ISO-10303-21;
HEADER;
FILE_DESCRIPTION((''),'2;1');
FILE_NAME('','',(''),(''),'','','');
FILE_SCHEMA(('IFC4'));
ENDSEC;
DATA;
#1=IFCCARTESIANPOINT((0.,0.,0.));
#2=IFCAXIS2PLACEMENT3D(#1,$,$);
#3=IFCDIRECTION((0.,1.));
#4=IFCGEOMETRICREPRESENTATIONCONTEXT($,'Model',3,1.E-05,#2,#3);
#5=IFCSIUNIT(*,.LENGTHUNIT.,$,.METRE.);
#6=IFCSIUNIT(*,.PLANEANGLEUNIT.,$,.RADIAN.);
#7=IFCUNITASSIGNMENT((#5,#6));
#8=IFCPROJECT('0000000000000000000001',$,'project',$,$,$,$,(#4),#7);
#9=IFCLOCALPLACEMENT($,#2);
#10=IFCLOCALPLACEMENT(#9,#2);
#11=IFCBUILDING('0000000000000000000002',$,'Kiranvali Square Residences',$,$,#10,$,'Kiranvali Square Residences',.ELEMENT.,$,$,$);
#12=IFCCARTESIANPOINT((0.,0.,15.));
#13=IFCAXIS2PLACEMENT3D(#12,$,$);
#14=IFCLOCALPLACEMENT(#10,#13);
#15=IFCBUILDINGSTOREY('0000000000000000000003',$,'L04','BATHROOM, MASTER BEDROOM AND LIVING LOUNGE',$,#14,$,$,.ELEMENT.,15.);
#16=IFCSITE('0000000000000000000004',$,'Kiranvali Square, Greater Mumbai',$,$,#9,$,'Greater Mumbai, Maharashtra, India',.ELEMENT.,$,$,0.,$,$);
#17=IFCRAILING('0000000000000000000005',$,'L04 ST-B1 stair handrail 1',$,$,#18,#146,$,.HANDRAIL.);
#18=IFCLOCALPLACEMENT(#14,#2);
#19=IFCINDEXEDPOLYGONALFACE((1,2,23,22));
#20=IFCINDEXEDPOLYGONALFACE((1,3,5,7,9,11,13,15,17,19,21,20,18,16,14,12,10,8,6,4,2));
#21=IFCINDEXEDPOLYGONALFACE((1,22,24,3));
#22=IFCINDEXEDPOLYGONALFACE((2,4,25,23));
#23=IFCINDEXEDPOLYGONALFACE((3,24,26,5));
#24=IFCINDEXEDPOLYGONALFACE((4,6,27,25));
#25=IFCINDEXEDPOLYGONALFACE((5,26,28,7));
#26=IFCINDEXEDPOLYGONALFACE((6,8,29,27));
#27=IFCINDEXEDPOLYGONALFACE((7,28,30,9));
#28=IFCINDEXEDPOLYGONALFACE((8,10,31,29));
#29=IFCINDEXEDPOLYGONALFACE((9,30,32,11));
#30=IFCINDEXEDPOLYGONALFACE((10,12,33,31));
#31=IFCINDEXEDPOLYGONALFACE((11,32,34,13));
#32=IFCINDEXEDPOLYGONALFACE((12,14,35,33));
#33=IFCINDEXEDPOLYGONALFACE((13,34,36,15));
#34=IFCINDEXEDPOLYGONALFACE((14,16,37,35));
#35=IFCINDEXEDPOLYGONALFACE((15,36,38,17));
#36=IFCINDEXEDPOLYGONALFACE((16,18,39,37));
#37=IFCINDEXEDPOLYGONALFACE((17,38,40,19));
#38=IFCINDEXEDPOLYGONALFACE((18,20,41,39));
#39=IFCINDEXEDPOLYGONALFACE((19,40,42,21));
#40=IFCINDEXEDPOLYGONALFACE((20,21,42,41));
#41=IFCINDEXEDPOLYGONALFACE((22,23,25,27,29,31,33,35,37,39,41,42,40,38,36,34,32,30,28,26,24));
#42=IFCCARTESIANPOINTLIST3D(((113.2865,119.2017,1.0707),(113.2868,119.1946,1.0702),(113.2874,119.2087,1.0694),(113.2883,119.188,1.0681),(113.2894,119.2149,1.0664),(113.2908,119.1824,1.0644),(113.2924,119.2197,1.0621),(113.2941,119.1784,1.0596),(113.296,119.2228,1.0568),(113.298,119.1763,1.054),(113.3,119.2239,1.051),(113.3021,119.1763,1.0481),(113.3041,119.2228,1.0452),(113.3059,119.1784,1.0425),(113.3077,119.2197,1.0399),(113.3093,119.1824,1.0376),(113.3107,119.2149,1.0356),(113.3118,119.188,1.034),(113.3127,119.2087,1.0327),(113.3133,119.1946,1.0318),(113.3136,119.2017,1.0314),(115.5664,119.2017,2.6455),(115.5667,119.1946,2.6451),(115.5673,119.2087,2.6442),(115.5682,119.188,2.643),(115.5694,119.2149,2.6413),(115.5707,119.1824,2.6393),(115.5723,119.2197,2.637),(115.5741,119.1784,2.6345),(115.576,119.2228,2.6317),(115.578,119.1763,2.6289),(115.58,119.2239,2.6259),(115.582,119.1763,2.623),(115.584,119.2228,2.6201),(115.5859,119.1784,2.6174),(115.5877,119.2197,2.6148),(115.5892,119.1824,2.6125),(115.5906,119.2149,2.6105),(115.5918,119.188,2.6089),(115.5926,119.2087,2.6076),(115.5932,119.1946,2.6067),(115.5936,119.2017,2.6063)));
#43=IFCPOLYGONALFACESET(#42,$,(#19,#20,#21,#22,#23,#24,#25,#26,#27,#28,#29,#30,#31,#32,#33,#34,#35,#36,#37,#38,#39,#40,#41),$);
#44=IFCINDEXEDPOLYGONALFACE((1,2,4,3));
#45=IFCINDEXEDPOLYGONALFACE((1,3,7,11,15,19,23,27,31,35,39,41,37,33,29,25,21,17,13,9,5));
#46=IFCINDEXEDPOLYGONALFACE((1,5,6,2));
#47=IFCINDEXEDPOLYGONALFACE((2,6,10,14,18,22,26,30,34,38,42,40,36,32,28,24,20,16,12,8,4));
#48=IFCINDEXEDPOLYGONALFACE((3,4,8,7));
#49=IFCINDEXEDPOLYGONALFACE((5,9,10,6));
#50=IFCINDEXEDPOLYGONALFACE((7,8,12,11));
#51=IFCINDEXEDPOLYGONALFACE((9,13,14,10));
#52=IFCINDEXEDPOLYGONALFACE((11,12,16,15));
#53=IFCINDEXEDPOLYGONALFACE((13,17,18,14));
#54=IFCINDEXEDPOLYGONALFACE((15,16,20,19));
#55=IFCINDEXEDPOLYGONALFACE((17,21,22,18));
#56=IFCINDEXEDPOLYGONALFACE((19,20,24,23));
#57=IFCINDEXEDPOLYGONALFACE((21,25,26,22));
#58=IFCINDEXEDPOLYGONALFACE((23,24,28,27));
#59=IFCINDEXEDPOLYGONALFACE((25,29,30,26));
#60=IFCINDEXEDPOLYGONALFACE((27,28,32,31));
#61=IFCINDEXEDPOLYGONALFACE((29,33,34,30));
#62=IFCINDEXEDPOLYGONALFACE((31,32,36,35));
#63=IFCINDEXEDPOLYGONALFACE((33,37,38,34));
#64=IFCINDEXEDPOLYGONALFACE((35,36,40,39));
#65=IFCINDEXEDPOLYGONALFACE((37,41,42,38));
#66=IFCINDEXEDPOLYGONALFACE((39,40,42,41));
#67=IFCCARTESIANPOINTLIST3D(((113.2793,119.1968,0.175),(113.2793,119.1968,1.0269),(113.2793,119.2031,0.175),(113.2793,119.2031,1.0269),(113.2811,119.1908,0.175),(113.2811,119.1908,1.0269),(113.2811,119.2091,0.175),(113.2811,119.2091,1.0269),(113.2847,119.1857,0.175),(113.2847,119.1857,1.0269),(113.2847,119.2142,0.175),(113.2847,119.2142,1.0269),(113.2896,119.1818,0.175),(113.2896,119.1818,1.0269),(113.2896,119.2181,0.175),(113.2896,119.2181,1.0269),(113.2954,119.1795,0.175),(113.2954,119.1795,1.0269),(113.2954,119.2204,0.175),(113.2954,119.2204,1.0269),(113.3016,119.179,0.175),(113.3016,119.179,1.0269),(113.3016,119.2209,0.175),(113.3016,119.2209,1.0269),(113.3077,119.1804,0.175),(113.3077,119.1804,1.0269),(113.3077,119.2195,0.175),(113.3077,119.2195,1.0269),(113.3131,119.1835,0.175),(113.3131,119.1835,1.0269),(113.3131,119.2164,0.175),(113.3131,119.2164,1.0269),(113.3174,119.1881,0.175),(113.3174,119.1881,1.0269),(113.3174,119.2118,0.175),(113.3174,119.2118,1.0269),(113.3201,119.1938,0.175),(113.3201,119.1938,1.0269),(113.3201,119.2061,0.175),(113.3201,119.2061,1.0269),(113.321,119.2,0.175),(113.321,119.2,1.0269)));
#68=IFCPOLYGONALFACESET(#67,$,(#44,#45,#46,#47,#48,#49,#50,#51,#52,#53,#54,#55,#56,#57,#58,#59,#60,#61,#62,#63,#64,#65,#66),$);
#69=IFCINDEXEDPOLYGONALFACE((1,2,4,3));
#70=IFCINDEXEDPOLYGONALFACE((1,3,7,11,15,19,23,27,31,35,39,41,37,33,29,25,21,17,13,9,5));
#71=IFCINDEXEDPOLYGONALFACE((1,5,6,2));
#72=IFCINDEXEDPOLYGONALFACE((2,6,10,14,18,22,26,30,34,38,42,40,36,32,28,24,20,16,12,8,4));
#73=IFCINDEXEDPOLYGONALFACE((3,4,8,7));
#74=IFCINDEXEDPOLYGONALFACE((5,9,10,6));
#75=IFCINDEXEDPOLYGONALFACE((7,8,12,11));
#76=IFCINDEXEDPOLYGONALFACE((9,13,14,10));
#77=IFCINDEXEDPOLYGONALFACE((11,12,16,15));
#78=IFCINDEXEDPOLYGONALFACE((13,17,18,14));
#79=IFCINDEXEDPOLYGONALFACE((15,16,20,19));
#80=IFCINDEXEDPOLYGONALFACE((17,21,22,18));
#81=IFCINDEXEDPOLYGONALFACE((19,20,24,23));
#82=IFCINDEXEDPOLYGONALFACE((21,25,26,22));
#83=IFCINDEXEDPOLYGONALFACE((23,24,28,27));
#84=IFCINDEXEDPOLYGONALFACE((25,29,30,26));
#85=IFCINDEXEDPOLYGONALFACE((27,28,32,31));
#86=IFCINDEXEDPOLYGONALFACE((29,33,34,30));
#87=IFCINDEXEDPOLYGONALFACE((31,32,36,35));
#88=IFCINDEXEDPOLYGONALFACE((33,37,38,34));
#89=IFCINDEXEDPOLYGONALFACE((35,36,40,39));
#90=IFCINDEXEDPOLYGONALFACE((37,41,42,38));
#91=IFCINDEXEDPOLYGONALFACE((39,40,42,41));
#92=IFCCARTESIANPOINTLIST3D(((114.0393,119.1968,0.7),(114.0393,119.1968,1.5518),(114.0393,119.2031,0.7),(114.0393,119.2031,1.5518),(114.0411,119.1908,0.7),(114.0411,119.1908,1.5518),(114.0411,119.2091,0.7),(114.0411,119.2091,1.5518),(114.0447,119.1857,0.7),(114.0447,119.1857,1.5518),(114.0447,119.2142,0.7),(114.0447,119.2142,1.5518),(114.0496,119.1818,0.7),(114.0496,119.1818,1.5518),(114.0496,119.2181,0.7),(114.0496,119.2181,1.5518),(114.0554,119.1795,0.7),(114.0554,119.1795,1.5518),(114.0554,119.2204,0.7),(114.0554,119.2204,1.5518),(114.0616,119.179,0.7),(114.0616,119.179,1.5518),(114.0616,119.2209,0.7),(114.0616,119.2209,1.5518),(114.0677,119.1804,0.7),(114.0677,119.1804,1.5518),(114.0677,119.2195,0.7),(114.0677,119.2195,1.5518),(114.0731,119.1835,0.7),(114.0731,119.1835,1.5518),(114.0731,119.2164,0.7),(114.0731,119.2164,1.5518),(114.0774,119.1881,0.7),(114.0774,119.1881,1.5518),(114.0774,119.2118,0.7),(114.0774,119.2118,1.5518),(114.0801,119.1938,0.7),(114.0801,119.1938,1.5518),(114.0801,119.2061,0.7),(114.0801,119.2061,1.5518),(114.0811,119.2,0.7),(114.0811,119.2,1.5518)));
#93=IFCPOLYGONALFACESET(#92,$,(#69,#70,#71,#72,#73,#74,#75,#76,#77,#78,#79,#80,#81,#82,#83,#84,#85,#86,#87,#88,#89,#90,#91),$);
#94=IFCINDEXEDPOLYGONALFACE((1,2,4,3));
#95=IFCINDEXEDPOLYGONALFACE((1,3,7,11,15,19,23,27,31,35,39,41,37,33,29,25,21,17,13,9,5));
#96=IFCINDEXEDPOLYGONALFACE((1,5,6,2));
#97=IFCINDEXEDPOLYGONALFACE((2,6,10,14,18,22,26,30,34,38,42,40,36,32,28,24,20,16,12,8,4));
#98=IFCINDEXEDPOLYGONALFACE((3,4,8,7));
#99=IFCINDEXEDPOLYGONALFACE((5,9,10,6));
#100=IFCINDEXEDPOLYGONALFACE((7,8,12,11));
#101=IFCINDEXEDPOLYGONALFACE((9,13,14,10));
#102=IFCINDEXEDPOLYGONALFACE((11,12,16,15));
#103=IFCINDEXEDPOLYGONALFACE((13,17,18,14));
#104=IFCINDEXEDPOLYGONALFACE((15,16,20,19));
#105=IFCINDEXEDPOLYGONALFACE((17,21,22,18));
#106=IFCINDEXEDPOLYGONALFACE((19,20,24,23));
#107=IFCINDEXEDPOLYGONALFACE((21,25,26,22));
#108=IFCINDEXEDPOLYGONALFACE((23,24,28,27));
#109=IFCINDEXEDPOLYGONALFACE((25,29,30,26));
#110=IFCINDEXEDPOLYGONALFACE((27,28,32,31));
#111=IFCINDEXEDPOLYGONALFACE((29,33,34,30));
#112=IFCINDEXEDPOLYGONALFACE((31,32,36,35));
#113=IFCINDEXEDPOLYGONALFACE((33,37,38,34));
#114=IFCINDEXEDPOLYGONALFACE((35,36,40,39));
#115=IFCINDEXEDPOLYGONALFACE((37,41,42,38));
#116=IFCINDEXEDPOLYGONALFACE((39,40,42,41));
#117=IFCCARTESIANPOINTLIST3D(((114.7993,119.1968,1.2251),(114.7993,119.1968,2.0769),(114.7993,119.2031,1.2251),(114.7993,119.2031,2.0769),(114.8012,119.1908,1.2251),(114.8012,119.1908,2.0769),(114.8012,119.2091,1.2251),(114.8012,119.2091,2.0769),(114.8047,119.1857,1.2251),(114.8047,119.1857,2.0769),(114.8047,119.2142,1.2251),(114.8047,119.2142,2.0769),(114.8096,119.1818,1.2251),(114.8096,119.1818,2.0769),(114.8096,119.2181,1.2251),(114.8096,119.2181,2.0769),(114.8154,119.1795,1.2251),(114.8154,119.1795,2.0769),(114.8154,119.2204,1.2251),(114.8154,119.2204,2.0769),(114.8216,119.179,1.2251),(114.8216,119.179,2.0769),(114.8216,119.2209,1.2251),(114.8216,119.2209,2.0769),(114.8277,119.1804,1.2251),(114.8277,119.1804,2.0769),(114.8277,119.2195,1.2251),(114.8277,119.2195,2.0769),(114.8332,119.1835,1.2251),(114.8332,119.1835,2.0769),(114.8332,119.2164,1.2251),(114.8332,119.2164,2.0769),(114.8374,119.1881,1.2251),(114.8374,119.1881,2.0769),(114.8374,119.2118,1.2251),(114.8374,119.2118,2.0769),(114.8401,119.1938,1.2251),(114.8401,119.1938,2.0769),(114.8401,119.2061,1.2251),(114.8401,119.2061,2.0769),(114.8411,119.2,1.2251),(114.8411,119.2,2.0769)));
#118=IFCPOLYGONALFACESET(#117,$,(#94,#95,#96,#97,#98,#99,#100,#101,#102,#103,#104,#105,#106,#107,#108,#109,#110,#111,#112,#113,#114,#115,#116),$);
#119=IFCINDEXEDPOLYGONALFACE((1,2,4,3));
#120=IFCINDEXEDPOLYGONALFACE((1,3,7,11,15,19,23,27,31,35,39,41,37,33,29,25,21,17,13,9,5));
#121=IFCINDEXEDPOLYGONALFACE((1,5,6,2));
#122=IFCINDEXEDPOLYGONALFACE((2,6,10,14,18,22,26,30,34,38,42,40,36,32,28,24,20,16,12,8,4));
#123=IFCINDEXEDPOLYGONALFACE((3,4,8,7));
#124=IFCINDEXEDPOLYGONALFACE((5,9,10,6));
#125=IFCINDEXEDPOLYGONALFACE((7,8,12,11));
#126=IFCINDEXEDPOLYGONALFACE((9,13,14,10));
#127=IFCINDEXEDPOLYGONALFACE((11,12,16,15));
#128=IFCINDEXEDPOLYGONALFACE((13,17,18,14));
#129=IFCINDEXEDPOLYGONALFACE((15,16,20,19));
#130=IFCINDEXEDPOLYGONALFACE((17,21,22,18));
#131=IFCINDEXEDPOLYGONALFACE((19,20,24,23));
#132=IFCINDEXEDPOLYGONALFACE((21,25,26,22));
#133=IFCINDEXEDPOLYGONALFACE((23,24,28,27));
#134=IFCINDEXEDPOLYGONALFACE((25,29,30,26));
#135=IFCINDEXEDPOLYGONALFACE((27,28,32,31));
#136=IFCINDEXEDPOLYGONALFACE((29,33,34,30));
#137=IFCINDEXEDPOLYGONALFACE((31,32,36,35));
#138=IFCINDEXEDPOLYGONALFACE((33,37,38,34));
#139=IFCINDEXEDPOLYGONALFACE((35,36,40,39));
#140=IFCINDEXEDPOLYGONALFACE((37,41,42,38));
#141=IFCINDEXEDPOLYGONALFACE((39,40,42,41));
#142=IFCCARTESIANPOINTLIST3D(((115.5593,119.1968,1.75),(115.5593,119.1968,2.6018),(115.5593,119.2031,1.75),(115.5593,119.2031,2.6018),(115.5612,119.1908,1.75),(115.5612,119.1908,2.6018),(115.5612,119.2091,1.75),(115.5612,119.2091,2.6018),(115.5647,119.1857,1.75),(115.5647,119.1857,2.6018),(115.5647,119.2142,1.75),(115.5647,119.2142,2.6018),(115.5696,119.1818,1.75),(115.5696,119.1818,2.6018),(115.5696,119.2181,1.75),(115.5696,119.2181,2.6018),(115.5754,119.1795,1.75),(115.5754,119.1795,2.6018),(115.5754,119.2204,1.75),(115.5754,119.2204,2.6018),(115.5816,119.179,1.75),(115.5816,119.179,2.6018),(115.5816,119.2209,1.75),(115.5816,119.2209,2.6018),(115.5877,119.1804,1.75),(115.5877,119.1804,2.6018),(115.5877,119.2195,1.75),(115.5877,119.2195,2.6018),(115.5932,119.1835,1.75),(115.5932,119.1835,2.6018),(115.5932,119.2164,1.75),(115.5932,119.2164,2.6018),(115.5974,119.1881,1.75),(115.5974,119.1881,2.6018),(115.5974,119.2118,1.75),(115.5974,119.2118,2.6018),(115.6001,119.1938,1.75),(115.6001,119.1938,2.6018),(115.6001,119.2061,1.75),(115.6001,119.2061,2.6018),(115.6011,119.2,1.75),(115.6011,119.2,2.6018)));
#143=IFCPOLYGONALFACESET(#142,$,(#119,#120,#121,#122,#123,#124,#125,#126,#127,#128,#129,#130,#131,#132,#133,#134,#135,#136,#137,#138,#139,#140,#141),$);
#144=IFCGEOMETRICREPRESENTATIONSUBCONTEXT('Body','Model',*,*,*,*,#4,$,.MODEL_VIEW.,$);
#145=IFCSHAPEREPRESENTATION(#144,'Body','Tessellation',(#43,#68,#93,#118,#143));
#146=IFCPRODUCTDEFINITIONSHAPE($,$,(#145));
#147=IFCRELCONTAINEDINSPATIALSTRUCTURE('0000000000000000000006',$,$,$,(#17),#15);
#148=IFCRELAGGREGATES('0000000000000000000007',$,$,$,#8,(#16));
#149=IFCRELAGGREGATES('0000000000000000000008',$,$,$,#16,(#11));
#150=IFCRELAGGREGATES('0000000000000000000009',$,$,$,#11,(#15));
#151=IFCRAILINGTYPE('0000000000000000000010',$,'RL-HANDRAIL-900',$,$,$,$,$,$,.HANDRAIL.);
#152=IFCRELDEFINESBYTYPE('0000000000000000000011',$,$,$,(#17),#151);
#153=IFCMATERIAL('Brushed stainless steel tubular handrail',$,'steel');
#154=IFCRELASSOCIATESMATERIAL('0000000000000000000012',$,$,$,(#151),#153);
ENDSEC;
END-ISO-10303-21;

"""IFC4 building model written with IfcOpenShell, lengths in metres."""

from ifc_helpers import new_model, si_unit, direction, frame, origin, origin_2d, place, context, subcontext, project, spatial, circle, extrude, material, type_object, element, save


model = new_model("IFC4")

# Units and contexts
model_context = context("Model", 3, precision=1e-05, world=origin(), true_north=direction((0.0, 1.0)))
body_context = subcontext(model_context, "Body", "Model", "MODEL_VIEW")
ifc_project = project(units=[si_unit("LENGTHUNIT", "METRE"), si_unit("PLANEANGLEUNIT", "RADIAN")], contexts=[model_context])

# Site, building, storey
site_placement = place(None, origin())
site = spatial("IfcSite", under=ifc_project, at=site_placement, Name="Kiranvali Square, Greater Mumbai", LongName="Greater Mumbai, Maharashtra, India", CompositionType="ELEMENT", RefElevation=0.0)
building_placement = place(site_placement, origin())
building = spatial("IfcBuilding", under=site, at=building_placement, Name="Kiranvali Square Residences", LongName="Kiranvali Square Residences", CompositionType="ELEMENT")
storey_placement = place(building_placement, frame((0.0, 0.0, 15.0)))
storey = spatial("IfcBuildingStorey", under=building, at=storey_placement, Name="L04", Description="BATHROOM, MASTER BEDROOM AND LIVING LOUNGE", CompositionType="ELEMENT", Elevation=15.0)

# Railing
ifc_material_1 = material(Name="Brushed stainless steel tubular handrail", Category="steel")
railing_type_1 = type_object("IfcRailingType", Name="RL-HANDRAIL-900", PredefinedType="HANDRAIL", material=ifc_material_1)
railing_1_placement = place(storey_placement, frame((113.3, 119.2, 0.175)))
element("IfcRailing", 1, at=railing_1_placement, inside=storey, type_object=railing_type_1, Name="L04 ST-B1 stair handrail 1", PredefinedType="HANDRAIL", context=body_context, shape_type="SweptSolid", body=[
    extrude(circle(Radius=0.0239, at=origin_2d()), frame((0.0, 0.0, 0.876), z_axis=(0.822788, 0.0, 0.568348), x_axis=(0.0, 1.0, 0.0)), (0.0, 0.0, 1.0), 2.771),
    extrude(circle(Radius=0.021, at=origin_2d()), origin(), (0.0, 0.0, 1.0), 0.8518),
    extrude(circle(Radius=0.021, at=origin_2d()), frame((0.76, 0.0, 0.5249)), (0.0, 0.0, 1.0), 0.8518),
    extrude(circle(Radius=0.021, at=origin_2d()), frame((1.52, 0.0, 1.05)), (0.0, 0.0, 1.0), 0.8518),
    extrude(circle(Radius=0.021, at=origin_2d()), frame((2.28, 0.0, 1.575)), (0.0, 0.0, 1.0), 0.8518),
])

save(model, "model.ifc")
